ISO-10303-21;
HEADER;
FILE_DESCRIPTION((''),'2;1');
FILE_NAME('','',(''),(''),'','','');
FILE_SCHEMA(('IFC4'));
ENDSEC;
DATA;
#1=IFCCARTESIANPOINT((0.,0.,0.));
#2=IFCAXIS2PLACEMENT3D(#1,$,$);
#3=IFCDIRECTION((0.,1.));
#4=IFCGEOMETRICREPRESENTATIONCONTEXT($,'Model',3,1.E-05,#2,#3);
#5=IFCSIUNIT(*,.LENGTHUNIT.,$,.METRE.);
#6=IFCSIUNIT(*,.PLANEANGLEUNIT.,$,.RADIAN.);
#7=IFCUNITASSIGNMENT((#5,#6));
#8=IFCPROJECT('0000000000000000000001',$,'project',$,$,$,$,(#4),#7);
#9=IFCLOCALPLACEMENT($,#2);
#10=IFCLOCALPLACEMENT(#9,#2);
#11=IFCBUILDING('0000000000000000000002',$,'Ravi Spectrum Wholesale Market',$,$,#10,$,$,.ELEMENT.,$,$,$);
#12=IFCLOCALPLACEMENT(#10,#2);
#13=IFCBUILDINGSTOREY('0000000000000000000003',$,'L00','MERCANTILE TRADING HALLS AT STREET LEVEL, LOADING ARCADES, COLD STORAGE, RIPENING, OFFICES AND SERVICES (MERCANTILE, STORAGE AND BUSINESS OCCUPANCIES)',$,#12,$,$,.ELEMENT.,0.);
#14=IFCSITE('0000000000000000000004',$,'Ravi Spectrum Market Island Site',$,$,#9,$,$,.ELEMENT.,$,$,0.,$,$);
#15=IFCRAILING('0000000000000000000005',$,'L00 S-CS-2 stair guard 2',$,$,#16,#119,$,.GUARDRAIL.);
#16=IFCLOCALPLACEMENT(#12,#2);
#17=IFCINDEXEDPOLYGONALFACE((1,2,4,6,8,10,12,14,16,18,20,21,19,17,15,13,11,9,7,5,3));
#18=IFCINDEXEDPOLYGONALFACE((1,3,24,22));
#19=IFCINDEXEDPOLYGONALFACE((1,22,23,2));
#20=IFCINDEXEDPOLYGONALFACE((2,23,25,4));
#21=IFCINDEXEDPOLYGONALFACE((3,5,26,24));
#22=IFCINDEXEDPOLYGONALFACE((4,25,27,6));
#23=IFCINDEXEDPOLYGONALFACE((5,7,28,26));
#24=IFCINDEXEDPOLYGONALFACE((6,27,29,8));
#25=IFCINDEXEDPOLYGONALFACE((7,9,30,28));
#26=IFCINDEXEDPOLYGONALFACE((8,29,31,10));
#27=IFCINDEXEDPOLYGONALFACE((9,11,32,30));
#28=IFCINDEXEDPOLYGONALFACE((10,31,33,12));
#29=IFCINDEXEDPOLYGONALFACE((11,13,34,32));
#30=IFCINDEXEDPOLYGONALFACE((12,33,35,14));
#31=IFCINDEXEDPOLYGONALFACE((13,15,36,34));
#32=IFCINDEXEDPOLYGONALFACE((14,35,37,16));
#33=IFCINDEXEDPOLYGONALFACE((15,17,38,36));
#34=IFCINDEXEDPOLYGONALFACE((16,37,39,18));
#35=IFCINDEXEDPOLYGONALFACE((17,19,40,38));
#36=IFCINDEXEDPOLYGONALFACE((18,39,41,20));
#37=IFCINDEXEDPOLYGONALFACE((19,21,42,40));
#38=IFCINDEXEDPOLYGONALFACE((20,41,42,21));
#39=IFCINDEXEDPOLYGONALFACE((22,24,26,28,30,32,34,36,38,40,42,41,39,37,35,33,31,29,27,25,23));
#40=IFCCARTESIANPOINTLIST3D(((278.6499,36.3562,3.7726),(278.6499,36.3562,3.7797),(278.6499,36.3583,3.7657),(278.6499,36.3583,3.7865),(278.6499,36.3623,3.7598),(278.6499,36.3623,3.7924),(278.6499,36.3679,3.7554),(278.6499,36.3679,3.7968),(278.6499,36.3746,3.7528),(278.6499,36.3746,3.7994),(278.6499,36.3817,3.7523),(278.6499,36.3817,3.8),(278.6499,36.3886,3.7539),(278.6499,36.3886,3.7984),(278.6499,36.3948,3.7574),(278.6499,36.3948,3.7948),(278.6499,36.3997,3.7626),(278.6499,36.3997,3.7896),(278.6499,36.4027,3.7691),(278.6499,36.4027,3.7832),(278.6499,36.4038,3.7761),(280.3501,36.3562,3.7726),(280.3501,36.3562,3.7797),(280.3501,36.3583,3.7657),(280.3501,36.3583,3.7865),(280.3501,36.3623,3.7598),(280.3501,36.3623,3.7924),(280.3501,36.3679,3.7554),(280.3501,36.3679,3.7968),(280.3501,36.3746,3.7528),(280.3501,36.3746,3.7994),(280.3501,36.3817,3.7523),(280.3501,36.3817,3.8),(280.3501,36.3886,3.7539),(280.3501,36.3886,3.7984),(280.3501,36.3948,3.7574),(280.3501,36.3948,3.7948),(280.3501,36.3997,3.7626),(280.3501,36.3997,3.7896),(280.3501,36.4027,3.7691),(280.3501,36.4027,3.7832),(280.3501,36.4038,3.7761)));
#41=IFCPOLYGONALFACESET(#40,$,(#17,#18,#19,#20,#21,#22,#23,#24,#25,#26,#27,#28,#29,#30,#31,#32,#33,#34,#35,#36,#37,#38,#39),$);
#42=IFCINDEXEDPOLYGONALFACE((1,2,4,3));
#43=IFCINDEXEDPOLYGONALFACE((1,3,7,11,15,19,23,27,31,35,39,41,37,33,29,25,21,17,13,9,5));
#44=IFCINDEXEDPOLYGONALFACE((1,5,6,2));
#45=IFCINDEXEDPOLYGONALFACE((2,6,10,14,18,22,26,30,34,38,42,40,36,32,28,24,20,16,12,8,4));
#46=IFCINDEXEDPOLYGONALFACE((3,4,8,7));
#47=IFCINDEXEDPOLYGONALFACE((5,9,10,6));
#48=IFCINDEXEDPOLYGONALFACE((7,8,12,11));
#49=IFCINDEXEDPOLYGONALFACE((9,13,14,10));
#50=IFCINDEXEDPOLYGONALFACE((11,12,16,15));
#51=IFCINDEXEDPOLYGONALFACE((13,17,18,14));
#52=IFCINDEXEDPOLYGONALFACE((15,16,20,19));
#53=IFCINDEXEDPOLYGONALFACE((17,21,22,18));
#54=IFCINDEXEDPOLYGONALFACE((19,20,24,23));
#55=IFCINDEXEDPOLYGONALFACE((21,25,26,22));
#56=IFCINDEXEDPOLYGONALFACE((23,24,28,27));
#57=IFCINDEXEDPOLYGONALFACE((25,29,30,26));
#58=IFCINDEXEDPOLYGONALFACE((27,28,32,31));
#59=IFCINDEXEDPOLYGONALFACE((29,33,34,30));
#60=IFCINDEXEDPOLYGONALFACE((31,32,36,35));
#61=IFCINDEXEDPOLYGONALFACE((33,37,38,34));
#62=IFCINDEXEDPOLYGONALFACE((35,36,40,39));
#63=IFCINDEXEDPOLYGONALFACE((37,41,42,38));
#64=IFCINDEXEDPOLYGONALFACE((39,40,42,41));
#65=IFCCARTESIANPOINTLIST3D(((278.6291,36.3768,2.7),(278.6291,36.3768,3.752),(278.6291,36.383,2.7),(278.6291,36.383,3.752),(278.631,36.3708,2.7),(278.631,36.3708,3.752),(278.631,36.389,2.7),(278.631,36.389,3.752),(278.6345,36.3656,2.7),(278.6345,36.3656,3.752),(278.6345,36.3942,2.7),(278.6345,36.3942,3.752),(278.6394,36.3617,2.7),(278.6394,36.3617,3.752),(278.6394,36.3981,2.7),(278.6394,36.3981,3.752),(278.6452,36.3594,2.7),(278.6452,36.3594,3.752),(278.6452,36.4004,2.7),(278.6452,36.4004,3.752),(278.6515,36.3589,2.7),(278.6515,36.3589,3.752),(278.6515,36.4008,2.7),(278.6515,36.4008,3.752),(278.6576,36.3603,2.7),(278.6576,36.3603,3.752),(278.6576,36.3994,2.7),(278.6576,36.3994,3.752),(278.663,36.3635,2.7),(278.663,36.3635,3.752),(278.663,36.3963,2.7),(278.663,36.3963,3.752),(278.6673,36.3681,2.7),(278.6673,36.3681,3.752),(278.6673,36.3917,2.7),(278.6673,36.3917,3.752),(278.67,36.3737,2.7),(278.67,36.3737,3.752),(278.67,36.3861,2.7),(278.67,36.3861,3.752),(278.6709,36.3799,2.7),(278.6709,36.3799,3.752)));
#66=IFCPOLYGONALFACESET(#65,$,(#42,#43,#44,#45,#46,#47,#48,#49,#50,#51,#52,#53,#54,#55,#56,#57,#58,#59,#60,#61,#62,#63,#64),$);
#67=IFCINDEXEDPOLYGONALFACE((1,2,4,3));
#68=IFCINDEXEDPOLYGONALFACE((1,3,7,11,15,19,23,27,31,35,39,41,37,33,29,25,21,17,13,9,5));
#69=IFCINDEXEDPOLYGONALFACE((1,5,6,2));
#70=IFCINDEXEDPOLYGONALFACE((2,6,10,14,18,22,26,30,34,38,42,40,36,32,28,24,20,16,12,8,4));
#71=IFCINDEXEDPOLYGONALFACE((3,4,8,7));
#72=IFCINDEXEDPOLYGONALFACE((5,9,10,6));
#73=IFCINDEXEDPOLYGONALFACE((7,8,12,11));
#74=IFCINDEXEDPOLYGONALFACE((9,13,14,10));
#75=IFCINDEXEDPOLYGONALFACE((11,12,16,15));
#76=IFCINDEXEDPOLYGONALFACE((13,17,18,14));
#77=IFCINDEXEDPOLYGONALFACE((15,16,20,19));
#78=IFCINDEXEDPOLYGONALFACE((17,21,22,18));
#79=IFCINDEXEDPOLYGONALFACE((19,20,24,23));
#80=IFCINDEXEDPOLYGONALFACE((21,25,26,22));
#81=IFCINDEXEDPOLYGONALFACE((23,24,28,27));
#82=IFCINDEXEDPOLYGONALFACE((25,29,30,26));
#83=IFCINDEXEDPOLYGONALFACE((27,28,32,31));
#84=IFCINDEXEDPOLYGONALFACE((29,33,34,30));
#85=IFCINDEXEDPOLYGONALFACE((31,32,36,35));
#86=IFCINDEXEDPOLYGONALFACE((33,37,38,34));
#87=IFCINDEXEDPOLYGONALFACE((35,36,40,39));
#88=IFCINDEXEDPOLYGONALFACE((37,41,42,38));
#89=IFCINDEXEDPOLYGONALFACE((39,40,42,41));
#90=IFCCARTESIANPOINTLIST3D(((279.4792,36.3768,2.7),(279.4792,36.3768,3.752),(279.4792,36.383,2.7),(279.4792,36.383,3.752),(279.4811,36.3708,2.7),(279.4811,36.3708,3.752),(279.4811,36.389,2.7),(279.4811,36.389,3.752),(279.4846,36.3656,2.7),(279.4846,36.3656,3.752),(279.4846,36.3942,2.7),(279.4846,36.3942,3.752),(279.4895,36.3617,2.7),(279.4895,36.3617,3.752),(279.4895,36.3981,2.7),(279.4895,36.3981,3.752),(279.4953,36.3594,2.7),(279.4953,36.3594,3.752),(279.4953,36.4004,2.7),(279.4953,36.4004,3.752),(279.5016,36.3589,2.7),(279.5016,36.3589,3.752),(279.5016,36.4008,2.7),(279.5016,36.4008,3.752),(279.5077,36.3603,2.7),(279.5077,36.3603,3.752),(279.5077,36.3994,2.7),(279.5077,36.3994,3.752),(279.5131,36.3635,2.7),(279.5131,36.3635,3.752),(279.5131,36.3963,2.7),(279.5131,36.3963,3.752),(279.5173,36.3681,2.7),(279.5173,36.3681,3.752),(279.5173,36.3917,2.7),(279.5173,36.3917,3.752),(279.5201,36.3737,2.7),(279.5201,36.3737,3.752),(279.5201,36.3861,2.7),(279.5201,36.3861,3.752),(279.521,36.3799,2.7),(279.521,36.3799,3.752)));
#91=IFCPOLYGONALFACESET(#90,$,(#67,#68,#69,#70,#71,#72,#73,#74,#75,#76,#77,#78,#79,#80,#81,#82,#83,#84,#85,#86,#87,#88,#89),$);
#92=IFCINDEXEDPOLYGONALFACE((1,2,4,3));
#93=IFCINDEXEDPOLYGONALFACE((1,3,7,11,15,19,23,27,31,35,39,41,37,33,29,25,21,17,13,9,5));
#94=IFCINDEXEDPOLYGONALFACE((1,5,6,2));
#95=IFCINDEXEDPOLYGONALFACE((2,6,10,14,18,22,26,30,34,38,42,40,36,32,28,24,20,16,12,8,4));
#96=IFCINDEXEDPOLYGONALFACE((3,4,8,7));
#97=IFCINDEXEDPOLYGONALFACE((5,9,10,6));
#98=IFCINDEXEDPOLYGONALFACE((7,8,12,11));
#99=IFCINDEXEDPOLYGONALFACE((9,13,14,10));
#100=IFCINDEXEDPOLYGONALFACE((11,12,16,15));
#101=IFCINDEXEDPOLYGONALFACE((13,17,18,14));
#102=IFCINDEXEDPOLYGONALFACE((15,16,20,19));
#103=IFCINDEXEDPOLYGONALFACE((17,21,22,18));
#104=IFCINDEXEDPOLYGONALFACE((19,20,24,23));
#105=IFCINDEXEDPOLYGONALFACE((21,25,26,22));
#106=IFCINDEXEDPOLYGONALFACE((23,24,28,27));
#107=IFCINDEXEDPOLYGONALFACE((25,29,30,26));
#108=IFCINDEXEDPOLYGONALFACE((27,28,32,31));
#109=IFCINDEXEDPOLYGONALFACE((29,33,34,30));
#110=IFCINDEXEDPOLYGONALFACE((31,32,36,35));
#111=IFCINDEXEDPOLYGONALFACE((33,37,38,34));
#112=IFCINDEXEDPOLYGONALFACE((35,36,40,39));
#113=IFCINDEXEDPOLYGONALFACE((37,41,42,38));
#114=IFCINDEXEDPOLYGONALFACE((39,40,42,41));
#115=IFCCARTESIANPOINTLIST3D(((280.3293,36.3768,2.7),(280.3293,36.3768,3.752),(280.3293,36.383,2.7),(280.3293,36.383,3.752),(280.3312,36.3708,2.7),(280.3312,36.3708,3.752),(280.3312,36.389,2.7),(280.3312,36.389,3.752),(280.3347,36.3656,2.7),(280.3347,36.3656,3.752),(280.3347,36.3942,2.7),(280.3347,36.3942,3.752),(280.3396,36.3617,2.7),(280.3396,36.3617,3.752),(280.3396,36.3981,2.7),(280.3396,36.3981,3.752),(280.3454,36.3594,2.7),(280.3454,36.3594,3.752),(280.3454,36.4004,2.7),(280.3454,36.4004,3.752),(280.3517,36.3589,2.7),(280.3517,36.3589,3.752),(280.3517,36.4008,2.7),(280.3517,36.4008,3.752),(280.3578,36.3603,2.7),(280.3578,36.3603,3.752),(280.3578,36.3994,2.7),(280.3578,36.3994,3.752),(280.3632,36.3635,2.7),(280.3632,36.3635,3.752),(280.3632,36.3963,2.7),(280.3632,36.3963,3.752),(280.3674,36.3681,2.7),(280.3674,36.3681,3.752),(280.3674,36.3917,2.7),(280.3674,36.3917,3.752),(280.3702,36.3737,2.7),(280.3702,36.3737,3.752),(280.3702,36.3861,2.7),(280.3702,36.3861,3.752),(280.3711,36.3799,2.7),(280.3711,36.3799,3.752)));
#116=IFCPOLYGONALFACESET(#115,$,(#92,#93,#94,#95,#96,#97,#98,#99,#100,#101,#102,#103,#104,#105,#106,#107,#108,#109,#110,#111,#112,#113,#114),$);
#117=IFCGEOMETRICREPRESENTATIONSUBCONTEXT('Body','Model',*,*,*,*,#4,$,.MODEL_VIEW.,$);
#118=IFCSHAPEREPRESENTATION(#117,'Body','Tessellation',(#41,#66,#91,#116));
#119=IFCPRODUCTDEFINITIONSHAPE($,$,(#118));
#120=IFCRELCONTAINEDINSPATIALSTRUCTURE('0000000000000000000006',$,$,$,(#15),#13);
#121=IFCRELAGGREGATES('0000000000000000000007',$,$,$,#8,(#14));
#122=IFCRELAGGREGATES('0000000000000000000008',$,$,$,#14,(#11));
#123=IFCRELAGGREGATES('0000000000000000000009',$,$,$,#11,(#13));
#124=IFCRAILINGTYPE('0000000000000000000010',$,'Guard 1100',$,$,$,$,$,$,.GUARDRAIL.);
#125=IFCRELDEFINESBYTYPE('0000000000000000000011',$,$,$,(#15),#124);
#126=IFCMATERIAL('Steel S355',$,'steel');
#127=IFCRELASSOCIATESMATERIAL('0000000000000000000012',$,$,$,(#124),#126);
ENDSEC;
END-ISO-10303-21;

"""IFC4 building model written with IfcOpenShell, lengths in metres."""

from ifc_helpers import new_model, si_unit, direction, frame, origin, origin_2d, place, context, subcontext, project, spatial, circle, extrude, material, type_object, element, save


model = new_model("IFC4")

# Units and contexts
model_context = context("Model", 3, precision=1e-05, world=origin(), true_north=direction((0.0, 1.0)))
body_context = subcontext(model_context, "Body", "Model", "MODEL_VIEW")
ifc_project = project(units=[si_unit("LENGTHUNIT", "METRE"), si_unit("PLANEANGLEUNIT", "RADIAN")], contexts=[model_context])

# Site, building, storey
site_placement = place(None, origin())
site = spatial("IfcSite", under=ifc_project, at=site_placement, Name="Ravi Spectrum Market Island Site", CompositionType="ELEMENT", RefElevation=0.0)
building_placement = place(site_placement, origin())
building = spatial("IfcBuilding", under=site, at=building_placement, Name="Ravi Spectrum Wholesale Market", CompositionType="ELEMENT")
storey_placement = place(building_placement, origin())
storey = spatial("IfcBuildingStorey", under=building, at=storey_placement, Name="L00", Description="MERCANTILE TRADING HALLS AT STREET LEVEL, LOADING ARCADES, COLD STORAGE, RIPENING, OFFICES AND SERVICES (MERCANTILE, STORAGE AND BUSINESS OCCUPANCIES)", CompositionType="ELEMENT", Elevation=0.0)

# Railing
ifc_material_1 = material(Name="Steel S355", Category="steel")
railing_type_1 = type_object("IfcRailingType", Name="Guard 1100", PredefinedType="GUARDRAIL", material=ifc_material_1)
railing_1_placement = place(storey_placement, frame((278.6499, 36.3799, 2.7)))
element("IfcRailing", 1, at=railing_1_placement, inside=storey, type_object=railing_type_1, Name="L00 S-CS-2 stair guard 2", PredefinedType="GUARDRAIL", context=body_context, shape_type="SweptSolid", body=[
    extrude(circle(Radius=0.0239, at=origin_2d()), frame((0.0, 0.0, 1.0762), z_axis=(1.0, 0.0, 0.0), x_axis=(0.0, 1.0, 0.0)), (0.0, 0.0, 1.0), 1.7002),
    extrude(circle(Radius=0.021, at=origin_2d()), origin(), (0.0, 0.0, 1.0), 1.052),
    extrude(circle(Radius=0.021, at=origin_2d()), frame((0.8501, 0.0, 0.0)), (0.0, 0.0, 1.0), 1.052),
    extrude(circle(Radius=0.021, at=origin_2d()), frame((1.7002, 0.0, 0.0)), (0.0, 0.0, 1.0), 1.052),
])

save(model, "model.ifc")
